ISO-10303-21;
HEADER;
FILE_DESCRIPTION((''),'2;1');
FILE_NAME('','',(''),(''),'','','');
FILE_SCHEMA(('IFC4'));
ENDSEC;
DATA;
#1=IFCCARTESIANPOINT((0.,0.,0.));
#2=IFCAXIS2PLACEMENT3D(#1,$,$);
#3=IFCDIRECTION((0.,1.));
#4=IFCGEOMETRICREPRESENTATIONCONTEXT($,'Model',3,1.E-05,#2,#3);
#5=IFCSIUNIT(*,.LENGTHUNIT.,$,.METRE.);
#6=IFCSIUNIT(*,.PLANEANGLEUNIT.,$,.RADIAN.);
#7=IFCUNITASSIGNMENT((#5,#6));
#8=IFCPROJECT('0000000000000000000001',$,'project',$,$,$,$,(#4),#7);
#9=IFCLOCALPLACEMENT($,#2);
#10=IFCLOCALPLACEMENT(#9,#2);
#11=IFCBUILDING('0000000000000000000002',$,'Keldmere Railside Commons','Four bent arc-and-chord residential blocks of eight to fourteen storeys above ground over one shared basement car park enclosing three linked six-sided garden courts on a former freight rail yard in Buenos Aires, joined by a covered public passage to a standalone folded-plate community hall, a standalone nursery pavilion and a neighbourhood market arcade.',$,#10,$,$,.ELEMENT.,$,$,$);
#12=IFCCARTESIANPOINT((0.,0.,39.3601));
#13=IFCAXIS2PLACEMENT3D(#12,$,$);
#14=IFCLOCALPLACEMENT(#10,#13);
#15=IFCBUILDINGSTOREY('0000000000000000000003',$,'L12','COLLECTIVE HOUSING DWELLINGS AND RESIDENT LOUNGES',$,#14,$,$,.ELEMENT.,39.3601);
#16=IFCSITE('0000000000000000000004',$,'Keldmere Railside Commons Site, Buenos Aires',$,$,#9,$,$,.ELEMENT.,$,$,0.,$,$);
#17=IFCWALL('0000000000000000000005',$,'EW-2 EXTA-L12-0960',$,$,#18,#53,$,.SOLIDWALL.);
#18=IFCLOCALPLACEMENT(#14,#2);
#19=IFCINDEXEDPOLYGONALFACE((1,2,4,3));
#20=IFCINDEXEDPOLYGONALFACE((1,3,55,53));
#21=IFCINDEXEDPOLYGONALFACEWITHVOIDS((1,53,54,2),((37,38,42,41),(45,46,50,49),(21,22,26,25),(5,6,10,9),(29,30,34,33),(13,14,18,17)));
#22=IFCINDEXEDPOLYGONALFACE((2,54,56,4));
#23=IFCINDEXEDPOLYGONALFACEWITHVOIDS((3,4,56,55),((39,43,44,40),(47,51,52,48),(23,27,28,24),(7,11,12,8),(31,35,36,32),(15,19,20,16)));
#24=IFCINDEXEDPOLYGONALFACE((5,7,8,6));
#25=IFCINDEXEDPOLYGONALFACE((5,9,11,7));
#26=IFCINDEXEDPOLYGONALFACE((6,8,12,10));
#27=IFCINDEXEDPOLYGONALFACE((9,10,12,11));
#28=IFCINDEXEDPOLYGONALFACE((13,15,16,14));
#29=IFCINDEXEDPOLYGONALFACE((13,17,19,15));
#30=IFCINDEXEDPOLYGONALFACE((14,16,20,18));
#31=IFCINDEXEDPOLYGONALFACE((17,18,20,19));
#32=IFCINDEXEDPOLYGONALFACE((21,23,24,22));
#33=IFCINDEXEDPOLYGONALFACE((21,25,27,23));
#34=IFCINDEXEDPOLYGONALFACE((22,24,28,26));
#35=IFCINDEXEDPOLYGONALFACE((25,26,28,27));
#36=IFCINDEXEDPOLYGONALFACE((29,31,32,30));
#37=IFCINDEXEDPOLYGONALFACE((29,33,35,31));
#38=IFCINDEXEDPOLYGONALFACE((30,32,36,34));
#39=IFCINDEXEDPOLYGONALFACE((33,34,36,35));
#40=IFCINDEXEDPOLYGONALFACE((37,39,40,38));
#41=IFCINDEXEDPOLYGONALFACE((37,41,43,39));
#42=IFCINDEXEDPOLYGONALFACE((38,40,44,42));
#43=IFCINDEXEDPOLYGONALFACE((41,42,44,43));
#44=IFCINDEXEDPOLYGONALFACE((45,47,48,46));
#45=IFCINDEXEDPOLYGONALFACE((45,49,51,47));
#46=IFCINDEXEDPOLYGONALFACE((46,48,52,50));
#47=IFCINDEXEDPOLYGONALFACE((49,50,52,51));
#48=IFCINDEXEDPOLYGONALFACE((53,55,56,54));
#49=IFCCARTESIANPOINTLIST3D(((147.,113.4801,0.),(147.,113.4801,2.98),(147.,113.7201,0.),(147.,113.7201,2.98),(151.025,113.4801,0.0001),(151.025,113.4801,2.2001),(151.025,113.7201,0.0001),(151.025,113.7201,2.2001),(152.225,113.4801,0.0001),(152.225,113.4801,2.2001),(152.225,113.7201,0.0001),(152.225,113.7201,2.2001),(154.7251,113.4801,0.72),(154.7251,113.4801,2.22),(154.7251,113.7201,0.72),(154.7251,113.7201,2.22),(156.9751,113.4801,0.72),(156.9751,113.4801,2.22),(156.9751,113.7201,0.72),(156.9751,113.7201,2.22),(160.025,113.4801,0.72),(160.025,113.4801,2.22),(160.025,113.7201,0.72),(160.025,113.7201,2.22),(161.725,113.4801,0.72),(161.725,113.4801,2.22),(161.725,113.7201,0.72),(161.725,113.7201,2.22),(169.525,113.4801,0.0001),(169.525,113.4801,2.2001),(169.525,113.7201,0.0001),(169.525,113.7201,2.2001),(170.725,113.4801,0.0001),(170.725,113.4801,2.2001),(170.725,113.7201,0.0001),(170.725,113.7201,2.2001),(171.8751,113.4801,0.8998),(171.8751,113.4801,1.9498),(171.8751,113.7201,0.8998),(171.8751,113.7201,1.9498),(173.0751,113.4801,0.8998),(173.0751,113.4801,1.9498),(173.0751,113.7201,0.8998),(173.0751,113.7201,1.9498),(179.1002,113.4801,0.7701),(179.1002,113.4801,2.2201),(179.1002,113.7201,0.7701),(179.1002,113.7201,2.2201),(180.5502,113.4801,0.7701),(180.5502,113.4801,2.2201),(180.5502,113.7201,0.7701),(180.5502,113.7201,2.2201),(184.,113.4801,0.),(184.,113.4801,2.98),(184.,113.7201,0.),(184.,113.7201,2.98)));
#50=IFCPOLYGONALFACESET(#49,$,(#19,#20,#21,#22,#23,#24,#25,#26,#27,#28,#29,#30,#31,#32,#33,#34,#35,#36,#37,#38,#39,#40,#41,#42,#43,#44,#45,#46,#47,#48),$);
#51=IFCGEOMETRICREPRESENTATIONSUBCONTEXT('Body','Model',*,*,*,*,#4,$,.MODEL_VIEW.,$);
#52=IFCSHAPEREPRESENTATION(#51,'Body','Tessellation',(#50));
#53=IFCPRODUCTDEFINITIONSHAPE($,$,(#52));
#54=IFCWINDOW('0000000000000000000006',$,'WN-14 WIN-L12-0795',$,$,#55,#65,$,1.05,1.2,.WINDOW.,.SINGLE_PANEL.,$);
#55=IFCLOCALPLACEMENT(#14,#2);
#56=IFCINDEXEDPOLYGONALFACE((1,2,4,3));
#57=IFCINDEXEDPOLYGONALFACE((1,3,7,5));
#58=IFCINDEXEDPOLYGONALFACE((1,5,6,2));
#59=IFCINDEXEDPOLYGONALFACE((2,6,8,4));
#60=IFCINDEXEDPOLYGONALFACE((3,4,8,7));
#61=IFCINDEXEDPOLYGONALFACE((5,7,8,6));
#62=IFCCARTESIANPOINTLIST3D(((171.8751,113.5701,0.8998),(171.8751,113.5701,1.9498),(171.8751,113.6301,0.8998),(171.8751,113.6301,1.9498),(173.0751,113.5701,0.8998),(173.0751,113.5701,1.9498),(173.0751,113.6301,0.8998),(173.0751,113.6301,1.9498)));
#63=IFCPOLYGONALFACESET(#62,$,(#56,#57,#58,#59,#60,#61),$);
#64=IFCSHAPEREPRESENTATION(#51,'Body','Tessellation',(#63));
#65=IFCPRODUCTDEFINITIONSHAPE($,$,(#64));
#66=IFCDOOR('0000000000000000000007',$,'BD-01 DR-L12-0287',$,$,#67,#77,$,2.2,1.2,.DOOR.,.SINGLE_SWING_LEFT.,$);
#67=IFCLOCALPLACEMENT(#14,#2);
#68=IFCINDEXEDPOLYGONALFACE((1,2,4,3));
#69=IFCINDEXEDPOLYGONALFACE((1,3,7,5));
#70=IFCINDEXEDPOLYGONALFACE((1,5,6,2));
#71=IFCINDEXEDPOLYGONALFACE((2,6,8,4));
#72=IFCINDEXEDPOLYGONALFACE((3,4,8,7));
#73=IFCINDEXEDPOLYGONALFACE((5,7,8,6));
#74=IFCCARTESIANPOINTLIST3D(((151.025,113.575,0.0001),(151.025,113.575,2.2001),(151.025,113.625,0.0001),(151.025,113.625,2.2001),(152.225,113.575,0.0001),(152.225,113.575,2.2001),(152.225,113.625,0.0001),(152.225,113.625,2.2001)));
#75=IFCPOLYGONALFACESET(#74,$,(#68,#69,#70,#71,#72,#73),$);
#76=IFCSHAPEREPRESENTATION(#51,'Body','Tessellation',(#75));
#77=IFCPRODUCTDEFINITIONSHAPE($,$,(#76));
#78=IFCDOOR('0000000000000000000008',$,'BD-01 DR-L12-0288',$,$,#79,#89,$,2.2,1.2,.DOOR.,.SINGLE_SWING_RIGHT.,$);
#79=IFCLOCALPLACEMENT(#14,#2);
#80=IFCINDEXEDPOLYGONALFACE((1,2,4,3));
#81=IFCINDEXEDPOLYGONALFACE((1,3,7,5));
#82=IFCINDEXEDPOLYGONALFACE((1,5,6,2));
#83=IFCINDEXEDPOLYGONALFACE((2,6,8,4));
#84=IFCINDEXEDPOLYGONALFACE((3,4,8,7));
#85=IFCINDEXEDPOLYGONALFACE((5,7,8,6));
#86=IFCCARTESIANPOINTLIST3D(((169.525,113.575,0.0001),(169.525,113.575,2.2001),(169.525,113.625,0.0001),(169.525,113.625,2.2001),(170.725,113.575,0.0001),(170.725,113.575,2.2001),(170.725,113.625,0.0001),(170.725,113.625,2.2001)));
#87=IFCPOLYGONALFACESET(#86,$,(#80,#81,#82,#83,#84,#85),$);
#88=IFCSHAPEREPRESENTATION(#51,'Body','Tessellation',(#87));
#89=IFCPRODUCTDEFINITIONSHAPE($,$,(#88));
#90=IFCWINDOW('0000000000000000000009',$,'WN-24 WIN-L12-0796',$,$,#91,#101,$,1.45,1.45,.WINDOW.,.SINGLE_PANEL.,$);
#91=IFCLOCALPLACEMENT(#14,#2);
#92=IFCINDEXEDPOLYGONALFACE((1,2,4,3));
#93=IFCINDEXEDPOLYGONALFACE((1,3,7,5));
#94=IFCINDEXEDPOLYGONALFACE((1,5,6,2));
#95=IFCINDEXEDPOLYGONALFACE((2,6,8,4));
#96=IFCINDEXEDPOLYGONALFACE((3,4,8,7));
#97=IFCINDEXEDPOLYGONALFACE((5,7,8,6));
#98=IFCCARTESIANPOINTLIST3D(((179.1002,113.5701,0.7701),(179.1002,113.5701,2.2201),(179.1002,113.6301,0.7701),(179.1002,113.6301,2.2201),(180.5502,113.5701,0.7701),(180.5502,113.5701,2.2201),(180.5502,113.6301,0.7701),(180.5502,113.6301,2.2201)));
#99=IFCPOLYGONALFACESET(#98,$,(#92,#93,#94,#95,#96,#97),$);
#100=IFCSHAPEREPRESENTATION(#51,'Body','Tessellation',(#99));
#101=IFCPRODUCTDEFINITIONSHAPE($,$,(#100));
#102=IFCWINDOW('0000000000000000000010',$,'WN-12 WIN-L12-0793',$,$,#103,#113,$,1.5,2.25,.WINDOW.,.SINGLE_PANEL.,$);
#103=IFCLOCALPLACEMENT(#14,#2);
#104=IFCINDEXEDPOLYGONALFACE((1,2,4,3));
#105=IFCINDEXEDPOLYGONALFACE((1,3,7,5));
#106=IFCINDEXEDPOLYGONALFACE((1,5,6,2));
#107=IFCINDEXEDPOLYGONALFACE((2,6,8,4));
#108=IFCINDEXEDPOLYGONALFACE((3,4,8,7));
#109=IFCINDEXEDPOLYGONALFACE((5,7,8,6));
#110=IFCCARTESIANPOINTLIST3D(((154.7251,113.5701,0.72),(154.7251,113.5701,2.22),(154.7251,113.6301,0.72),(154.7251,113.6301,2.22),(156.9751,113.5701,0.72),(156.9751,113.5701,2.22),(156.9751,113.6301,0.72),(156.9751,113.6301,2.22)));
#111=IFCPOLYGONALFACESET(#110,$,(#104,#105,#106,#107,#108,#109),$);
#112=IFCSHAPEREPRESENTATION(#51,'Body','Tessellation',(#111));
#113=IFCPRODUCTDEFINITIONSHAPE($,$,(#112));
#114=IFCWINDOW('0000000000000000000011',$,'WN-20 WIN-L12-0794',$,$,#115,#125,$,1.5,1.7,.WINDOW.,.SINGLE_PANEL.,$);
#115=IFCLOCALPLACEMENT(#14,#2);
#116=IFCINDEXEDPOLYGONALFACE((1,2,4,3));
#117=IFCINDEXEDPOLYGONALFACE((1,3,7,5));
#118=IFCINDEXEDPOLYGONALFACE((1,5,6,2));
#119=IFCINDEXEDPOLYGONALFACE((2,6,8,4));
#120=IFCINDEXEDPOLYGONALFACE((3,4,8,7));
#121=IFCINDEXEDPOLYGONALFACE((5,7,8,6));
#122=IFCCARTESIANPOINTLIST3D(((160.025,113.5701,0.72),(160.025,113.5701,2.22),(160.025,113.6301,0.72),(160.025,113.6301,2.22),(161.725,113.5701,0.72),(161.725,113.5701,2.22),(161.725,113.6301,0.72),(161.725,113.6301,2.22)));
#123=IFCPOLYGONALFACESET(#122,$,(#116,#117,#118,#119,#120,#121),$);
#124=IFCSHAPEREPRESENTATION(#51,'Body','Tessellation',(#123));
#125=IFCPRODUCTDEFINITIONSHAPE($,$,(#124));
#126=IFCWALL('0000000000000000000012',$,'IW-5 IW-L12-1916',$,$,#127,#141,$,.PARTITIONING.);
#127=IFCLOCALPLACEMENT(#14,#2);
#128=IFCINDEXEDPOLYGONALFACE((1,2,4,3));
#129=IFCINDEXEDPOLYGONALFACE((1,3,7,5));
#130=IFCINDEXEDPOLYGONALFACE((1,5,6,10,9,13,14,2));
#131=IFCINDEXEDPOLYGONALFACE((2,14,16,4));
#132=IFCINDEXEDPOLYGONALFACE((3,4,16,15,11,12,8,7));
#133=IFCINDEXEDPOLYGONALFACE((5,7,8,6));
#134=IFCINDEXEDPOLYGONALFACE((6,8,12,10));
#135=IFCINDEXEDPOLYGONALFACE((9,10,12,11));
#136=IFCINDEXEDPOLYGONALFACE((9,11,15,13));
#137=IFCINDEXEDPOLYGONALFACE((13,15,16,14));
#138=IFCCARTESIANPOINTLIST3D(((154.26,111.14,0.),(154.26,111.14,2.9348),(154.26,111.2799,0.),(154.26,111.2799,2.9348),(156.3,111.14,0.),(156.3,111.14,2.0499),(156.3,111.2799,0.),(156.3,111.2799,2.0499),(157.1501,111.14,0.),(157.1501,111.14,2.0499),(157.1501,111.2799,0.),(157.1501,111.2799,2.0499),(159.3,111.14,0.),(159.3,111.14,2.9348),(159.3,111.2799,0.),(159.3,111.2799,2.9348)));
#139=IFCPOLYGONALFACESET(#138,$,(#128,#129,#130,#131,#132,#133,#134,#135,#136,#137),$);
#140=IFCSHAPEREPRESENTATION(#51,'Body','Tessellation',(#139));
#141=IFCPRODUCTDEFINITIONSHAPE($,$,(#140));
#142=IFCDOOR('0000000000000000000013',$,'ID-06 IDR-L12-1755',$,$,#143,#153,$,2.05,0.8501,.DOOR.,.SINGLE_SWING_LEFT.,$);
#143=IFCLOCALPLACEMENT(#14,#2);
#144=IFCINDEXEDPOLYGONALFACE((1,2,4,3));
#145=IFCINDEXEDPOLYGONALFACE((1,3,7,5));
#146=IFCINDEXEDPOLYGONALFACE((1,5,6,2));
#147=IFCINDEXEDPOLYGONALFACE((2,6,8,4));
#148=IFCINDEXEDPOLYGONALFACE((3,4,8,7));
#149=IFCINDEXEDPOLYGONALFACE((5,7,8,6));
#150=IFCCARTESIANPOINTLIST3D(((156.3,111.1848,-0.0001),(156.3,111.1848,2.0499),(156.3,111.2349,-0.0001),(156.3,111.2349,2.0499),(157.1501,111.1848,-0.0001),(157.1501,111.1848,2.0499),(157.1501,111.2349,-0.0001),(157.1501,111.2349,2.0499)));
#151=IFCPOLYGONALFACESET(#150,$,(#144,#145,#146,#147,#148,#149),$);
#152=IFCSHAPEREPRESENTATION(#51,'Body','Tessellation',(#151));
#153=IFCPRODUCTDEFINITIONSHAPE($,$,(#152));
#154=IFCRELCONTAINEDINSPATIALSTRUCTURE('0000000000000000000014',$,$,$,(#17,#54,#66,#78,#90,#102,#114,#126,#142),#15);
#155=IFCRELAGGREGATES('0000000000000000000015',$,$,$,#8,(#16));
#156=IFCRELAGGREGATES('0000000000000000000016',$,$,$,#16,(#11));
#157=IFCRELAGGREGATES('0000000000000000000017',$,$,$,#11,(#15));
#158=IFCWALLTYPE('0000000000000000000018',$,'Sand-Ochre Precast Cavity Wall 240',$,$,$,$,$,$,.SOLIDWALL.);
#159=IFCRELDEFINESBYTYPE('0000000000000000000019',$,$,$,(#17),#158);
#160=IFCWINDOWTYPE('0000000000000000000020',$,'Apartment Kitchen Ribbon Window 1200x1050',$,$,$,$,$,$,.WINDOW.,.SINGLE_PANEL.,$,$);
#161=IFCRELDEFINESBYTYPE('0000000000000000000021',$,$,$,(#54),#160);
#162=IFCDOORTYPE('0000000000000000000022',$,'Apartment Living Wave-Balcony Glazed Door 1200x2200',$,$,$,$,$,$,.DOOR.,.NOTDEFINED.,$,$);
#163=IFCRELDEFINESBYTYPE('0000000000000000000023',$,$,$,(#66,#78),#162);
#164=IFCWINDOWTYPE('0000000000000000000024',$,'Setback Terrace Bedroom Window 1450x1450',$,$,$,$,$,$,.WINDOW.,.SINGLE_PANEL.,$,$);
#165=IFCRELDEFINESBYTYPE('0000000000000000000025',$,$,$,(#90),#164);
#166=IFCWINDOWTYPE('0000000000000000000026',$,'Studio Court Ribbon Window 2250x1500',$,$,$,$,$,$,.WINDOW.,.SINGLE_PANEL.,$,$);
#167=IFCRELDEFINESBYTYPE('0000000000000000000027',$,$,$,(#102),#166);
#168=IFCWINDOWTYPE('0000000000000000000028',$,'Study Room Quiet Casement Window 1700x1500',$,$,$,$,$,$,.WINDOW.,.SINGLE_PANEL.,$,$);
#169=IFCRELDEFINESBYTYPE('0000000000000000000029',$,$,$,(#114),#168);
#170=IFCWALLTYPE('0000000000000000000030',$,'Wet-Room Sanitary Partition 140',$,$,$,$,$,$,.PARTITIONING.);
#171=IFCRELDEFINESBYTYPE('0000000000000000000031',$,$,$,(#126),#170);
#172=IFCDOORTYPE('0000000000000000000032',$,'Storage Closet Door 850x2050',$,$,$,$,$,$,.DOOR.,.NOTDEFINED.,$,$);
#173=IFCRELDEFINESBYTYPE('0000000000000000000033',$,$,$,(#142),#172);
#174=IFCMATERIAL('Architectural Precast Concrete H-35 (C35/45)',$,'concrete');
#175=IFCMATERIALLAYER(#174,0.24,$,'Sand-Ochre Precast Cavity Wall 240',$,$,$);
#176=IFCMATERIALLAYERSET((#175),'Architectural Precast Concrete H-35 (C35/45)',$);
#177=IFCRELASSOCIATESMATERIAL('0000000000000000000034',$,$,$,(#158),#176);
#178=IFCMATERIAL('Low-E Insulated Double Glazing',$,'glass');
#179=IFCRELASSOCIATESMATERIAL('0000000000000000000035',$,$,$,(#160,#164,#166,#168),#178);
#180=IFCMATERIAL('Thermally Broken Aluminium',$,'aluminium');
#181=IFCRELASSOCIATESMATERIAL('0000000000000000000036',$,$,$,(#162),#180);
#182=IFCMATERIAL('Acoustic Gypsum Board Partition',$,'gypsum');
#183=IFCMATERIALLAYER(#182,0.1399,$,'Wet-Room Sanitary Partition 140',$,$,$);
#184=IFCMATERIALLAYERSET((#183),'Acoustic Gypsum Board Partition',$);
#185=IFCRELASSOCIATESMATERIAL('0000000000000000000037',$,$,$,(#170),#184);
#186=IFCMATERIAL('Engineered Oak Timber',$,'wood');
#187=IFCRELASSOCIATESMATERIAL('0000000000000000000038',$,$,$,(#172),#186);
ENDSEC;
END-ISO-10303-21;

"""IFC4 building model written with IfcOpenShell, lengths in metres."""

from ifc_helpers import new_model, si_unit, direction, frame, frame_2d, origin, place, context, subcontext, project, spatial, rectangle, extrude, material, layer, layer_set, type_object, element, fill, save


model = new_model("IFC4")

# Units and contexts
model_context = context("Model", 3, precision=1e-05, world=origin(), true_north=direction((0.0, 1.0)))
body_context = subcontext(model_context, "Body", "Model", "MODEL_VIEW")
ifc_project = project(units=[si_unit("LENGTHUNIT", "METRE"), si_unit("PLANEANGLEUNIT", "RADIAN")], contexts=[model_context])

# Site, building, storey
site_placement = place(None, origin())
site = spatial("IfcSite", under=ifc_project, at=site_placement, Name="Keldmere Railside Commons Site, Buenos Aires", CompositionType="ELEMENT", RefElevation=0.0)
building_placement = place(site_placement, origin())
building = spatial("IfcBuilding", under=site, at=building_placement, Name="Keldmere Railside Commons", Description="Four bent arc-and-chord residential blocks of eight to fourteen storeys above ground over one shared basement car park enclosing three linked six-sided garden courts on a former freight rail yard in Buenos Aires, joined by a covered public passage to a standalone folded-plate community hall, a standalone nursery pavilion and a neighbourhood market arcade.", CompositionType="ELEMENT")
storey_placement = place(building_placement, frame((0.0, 0.0, 39.3601)))
storey = spatial("IfcBuildingStorey", under=building, at=storey_placement, Name="L12", Description="COLLECTIVE HOUSING DWELLINGS AND RESIDENT LOUNGES", CompositionType="ELEMENT", Elevation=39.3601)

# Shared definitions
ifc_material_1 = material(Name="Acoustic Gypsum Board Partition", Category="gypsum")
ifc_material_2 = material(Name="Engineered Oak Timber", Category="wood")

# Wall, openings, windows, doors
ifc_material_3 = material(Name="Architectural Precast Concrete H-35 (C35/45)", Category="concrete")
ifc_layer_1 = layer(ifc_material_3, 0.24, Name="Sand-Ochre Precast Cavity Wall 240")
ifc_layer_set_1 = layer_set([ifc_layer_1], Name="Architectural Precast Concrete H-35 (C35/45)")
wall_type_1 = type_object("IfcWallType", Name="Sand-Ochre Precast Cavity Wall 240", PredefinedType="SOLIDWALL", material=ifc_layer_set_1)
wall_1_placement = place(storey_placement, frame((147.0, 113.6001, 0.0), z_axis=(0.0, 0.0, 1.0), x_axis=(1.0, 0.0, 0.0)))
wall_1 = element("IfcWall", 1, at=wall_1_placement, inside=storey, type_object=wall_type_1, Name="EW-2 EXTA-L12-0960", PredefinedType="SOLIDWALL", context=body_context, shape_type="SweptSolid", body=[
    extrude(rectangle(XDim=37.0, YDim=0.24, at=frame_2d((18.5, 0.0))), origin(), (0.0, 0.0, 1.0), 2.98),
])
opening_1_placement = place(wall_1_placement, frame((4.0249, 0.0, 0.0)))
opening_1 = element("IfcOpeningElement", 2, at=opening_1_placement, cuts=wall_1, PredefinedType="OPENING", context=body_context, shape_type="SweptSolid", body=[
    extrude(rectangle(XDim=1.2, YDim=2.2, at=frame_2d((0.6001, 1.1001))), frame((0.0, 0.1299, 0.0), z_axis=(0.0, -1.0, 0.0), x_axis=(1.0, 0.0, 0.0)), (0.0, 0.0, 1.0), 0.26),
])
opening_2_placement = place(wall_1_placement, frame((7.7251, 0.0, 0.72)))
opening_2 = element("IfcOpeningElement", 3, at=opening_2_placement, cuts=wall_1, PredefinedType="OPENING", context=body_context, shape_type="SweptSolid", body=[
    extrude(rectangle(XDim=2.25, YDim=1.5, at=frame_2d((1.125, 0.75))), frame((0.0, 0.1299, 0.0), z_axis=(0.0, -1.0, 0.0), x_axis=(1.0, 0.0, 0.0)), (0.0, 0.0, 1.0), 0.26),
])
opening_3_placement = place(wall_1_placement, frame((13.0249, 0.0, 0.72)))
opening_3 = element("IfcOpeningElement", 4, at=opening_3_placement, cuts=wall_1, PredefinedType="OPENING", context=body_context, shape_type="SweptSolid", body=[
    extrude(rectangle(XDim=1.7, YDim=1.5, at=frame_2d((0.8501, 0.75))), frame((0.0, 0.1299, 0.0), z_axis=(0.0, -1.0, 0.0), x_axis=(1.0, 0.0, 0.0)), (0.0, 0.0, 1.0), 0.26),
])
opening_4_placement = place(wall_1_placement, frame((22.5249, 0.0, 0.0)))
opening_4 = element("IfcOpeningElement", 5, at=opening_4_placement, cuts=wall_1, PredefinedType="OPENING", context=body_context, shape_type="SweptSolid", body=[
    extrude(rectangle(XDim=1.2, YDim=2.2, at=frame_2d((0.6001, 1.1001))), frame((0.0, 0.1299, 0.0), z_axis=(0.0, -1.0, 0.0), x_axis=(1.0, 0.0, 0.0)), (0.0, 0.0, 1.0), 0.26),
])
opening_5_placement = place(wall_1_placement, frame((24.875, 0.0, 0.8999)))
opening_5 = element("IfcOpeningElement", 6, at=opening_5_placement, cuts=wall_1, PredefinedType="OPENING", context=body_context, shape_type="SweptSolid", body=[
    extrude(rectangle(XDim=1.2, YDim=1.05, at=frame_2d((0.6001, 0.5249))), frame((0.0, 0.1299, 0.0), z_axis=(0.0, -1.0, 0.0), x_axis=(1.0, 0.0, 0.0)), (0.0, 0.0, 1.0), 0.26),
])
opening_6_placement = place(wall_1_placement, frame((32.1001, 0.0, 0.77)))
opening_6 = element("IfcOpeningElement", 7, at=opening_6_placement, cuts=wall_1, PredefinedType="OPENING", context=body_context, shape_type="SweptSolid", body=[
    extrude(rectangle(XDim=1.45, YDim=1.45, at=frame_2d((0.7251, 0.7251))), frame((0.0, 0.1299, 0.0), z_axis=(0.0, -1.0, 0.0), x_axis=(1.0, 0.0, 0.0)), (0.0, 0.0, 1.0), 0.26),
])
ifc_material_4 = material(Name="Low-E Insulated Double Glazing", Category="glass")
window_type_1 = type_object("IfcWindowType", Name="Apartment Kitchen Ribbon Window 1200x1050", PartitioningType="SINGLE_PANEL", PredefinedType="WINDOW", material=ifc_material_4)
window_1_placement = place(opening_5_placement, origin())
window_1 = element("IfcWindow", 8, at=window_1_placement, inside=storey, type_object=window_type_1, Name="WN-14 WIN-L12-0795", OverallHeight=1.05, OverallWidth=1.2, PartitioningType="SINGLE_PANEL", PredefinedType="WINDOW", context=body_context, shape_type="SweptSolid", body=[
    extrude(rectangle(XDim=1.2, YDim=1.05, at=frame_2d((0.6001, 0.5249))), frame((0.0, 0.03, 0.0), z_axis=(0.0, -1.0, 0.0), x_axis=(1.0, 0.0, 0.0)), (0.0, 0.0, 1.0), 0.0601),
])
fill(opening_5, window_1)
ifc_material_5 = material(Name="Thermally Broken Aluminium", Category="aluminium")
door_type_1 = type_object("IfcDoorType", Name="Apartment Living Wave-Balcony Glazed Door 1200x2200", OperationType="NOTDEFINED", PredefinedType="DOOR", material=ifc_material_5)
door_1_placement = place(opening_1_placement, origin())
door_1 = element("IfcDoor", 9, at=door_1_placement, inside=storey, type_object=door_type_1, Name="BD-01 DR-L12-0287", OperationType="SINGLE_SWING_LEFT", OverallHeight=2.2, OverallWidth=1.2, PredefinedType="DOOR", context=body_context, shape_type="SweptSolid", body=[
    extrude(rectangle(XDim=1.2, YDim=2.2, at=frame_2d((0.6001, 1.1001))), frame((0.0, 0.0249, 0.0), z_axis=(0.0, -1.0, 0.0), x_axis=(1.0, 0.0, 0.0)), (0.0, 0.0, 1.0), 0.05),
])
fill(opening_1, door_1)
door_2_placement = place(opening_4_placement, origin())
door_2 = element("IfcDoor", 10, at=door_2_placement, inside=storey, type_object=door_type_1, Name="BD-01 DR-L12-0288", OperationType="SINGLE_SWING_RIGHT", OverallHeight=2.2, OverallWidth=1.2, PredefinedType="DOOR", context=body_context, shape_type="SweptSolid", body=[
    extrude(rectangle(XDim=1.2, YDim=2.2, at=frame_2d((0.6001, 1.1001))), frame((0.0, 0.0249, 0.0), z_axis=(0.0, -1.0, 0.0), x_axis=(1.0, 0.0, 0.0)), (0.0, 0.0, 1.0), 0.05),
])
fill(opening_4, door_2)
window_type_2 = type_object("IfcWindowType", Name="Setback Terrace Bedroom Window 1450x1450", PartitioningType="SINGLE_PANEL", PredefinedType="WINDOW", material=ifc_material_4)
window_2_placement = place(opening_6_placement, origin())
window_2 = element("IfcWindow", 11, at=window_2_placement, inside=storey, type_object=window_type_2, Name="WN-24 WIN-L12-0796", OverallHeight=1.45, OverallWidth=1.45, PartitioningType="SINGLE_PANEL", PredefinedType="WINDOW", context=body_context, shape_type="SweptSolid", body=[
    extrude(rectangle(XDim=1.45, YDim=1.45, at=frame_2d((0.7251, 0.7251))), frame((0.0, 0.03, 0.0), z_axis=(0.0, -1.0, 0.0), x_axis=(1.0, 0.0, 0.0)), (0.0, 0.0, 1.0), 0.0601),
])
fill(opening_6, window_2)
window_type_3 = type_object("IfcWindowType", Name="Studio Court Ribbon Window 2250x1500", PartitioningType="SINGLE_PANEL", PredefinedType="WINDOW", material=ifc_material_4)
window_3_placement = place(opening_2_placement, origin())
window_3 = element("IfcWindow", 12, at=window_3_placement, inside=storey, type_object=window_type_3, Name="WN-12 WIN-L12-0793", OverallHeight=1.5, OverallWidth=2.25, PartitioningType="SINGLE_PANEL", PredefinedType="WINDOW", context=body_context, shape_type="SweptSolid", body=[
    extrude(rectangle(XDim=2.25, YDim=1.5, at=frame_2d((1.125, 0.75))), frame((0.0, 0.03, 0.0), z_axis=(0.0, -1.0, 0.0), x_axis=(1.0, 0.0, 0.0)), (0.0, 0.0, 1.0), 0.0601),
])
fill(opening_2, window_3)
window_type_4 = type_object("IfcWindowType", Name="Study Room Quiet Casement Window 1700x1500", PartitioningType="SINGLE_PANEL", PredefinedType="WINDOW", material=ifc_material_4)
window_4_placement = place(opening_3_placement, origin())
window_4 = element("IfcWindow", 13, at=window_4_placement, inside=storey, type_object=window_type_4, Name="WN-20 WIN-L12-0794", OverallHeight=1.5, OverallWidth=1.7, PartitioningType="SINGLE_PANEL", PredefinedType="WINDOW", context=body_context, shape_type="SweptSolid", body=[
    extrude(rectangle(XDim=1.7, YDim=1.5, at=frame_2d((0.8501, 0.75))), frame((0.0, 0.03, 0.0), z_axis=(0.0, -1.0, 0.0), x_axis=(1.0, 0.0, 0.0)), (0.0, 0.0, 1.0), 0.0601),
])
fill(opening_3, window_4)

# Wall, opening, door
ifc_layer_2 = layer(ifc_material_1, 0.1399, Name="Wet-Room Sanitary Partition 140")
ifc_layer_set_2 = layer_set([ifc_layer_2], Name="Acoustic Gypsum Board Partition")
wall_type_2 = type_object("IfcWallType", Name="Wet-Room Sanitary Partition 140", PredefinedType="PARTITIONING", material=ifc_layer_set_2)
wall_2_placement = place(storey_placement, frame((154.26, 111.21, 0.0), z_axis=(0.0, 0.0, 1.0), x_axis=(1.0, 0.0, 0.0)))
wall_2 = element("IfcWall", 14, at=wall_2_placement, inside=storey, type_object=wall_type_2, Name="IW-5 IW-L12-1916", PredefinedType="PARTITIONING", context=body_context, shape_type="SweptSolid", body=[
    extrude(rectangle(XDim=5.04, YDim=0.1399, at=frame_2d((2.52, 0.0))), origin(), (0.0, 0.0, 1.0), 2.9348),
])
opening_7_placement = place(wall_2_placement, frame((2.04, 0.0, 0.0)))
opening_7 = element("IfcOpeningElement", 15, at=opening_7_placement, cuts=wall_2, PredefinedType="OPENING", context=body_context, shape_type="SweptSolid", body=[
    extrude(rectangle(XDim=0.8501, YDim=2.05, at=frame_2d((0.425, 1.0249))), frame((0.0, 0.0798, 0.0), z_axis=(0.0, -1.0, 0.0), x_axis=(1.0, 0.0, 0.0)), (0.0, 0.0, 1.0), 0.1599),
])
door_type_2 = type_object("IfcDoorType", Name="Storage Closet Door 850x2050", OperationType="NOTDEFINED", PredefinedType="DOOR", material=ifc_material_2)
door_3_placement = place(opening_7_placement, origin())
door_3 = element("IfcDoor", 16, at=door_3_placement, inside=storey, type_object=door_type_2, Name="ID-06 IDR-L12-1755", OperationType="SINGLE_SWING_LEFT", OverallHeight=2.05, OverallWidth=0.8501, PredefinedType="DOOR", context=body_context, shape_type="SweptSolid", body=[
    extrude(rectangle(XDim=0.8501, YDim=2.05, at=frame_2d((0.425, 1.0249))), frame((0.0, 0.0249, 0.0), z_axis=(0.0, -1.0, 0.0), x_axis=(1.0, 0.0, 0.0)), (0.0, 0.0, 1.0), 0.05),
])
fill(opening_7, door_3)

save(model, "model.ifc")
